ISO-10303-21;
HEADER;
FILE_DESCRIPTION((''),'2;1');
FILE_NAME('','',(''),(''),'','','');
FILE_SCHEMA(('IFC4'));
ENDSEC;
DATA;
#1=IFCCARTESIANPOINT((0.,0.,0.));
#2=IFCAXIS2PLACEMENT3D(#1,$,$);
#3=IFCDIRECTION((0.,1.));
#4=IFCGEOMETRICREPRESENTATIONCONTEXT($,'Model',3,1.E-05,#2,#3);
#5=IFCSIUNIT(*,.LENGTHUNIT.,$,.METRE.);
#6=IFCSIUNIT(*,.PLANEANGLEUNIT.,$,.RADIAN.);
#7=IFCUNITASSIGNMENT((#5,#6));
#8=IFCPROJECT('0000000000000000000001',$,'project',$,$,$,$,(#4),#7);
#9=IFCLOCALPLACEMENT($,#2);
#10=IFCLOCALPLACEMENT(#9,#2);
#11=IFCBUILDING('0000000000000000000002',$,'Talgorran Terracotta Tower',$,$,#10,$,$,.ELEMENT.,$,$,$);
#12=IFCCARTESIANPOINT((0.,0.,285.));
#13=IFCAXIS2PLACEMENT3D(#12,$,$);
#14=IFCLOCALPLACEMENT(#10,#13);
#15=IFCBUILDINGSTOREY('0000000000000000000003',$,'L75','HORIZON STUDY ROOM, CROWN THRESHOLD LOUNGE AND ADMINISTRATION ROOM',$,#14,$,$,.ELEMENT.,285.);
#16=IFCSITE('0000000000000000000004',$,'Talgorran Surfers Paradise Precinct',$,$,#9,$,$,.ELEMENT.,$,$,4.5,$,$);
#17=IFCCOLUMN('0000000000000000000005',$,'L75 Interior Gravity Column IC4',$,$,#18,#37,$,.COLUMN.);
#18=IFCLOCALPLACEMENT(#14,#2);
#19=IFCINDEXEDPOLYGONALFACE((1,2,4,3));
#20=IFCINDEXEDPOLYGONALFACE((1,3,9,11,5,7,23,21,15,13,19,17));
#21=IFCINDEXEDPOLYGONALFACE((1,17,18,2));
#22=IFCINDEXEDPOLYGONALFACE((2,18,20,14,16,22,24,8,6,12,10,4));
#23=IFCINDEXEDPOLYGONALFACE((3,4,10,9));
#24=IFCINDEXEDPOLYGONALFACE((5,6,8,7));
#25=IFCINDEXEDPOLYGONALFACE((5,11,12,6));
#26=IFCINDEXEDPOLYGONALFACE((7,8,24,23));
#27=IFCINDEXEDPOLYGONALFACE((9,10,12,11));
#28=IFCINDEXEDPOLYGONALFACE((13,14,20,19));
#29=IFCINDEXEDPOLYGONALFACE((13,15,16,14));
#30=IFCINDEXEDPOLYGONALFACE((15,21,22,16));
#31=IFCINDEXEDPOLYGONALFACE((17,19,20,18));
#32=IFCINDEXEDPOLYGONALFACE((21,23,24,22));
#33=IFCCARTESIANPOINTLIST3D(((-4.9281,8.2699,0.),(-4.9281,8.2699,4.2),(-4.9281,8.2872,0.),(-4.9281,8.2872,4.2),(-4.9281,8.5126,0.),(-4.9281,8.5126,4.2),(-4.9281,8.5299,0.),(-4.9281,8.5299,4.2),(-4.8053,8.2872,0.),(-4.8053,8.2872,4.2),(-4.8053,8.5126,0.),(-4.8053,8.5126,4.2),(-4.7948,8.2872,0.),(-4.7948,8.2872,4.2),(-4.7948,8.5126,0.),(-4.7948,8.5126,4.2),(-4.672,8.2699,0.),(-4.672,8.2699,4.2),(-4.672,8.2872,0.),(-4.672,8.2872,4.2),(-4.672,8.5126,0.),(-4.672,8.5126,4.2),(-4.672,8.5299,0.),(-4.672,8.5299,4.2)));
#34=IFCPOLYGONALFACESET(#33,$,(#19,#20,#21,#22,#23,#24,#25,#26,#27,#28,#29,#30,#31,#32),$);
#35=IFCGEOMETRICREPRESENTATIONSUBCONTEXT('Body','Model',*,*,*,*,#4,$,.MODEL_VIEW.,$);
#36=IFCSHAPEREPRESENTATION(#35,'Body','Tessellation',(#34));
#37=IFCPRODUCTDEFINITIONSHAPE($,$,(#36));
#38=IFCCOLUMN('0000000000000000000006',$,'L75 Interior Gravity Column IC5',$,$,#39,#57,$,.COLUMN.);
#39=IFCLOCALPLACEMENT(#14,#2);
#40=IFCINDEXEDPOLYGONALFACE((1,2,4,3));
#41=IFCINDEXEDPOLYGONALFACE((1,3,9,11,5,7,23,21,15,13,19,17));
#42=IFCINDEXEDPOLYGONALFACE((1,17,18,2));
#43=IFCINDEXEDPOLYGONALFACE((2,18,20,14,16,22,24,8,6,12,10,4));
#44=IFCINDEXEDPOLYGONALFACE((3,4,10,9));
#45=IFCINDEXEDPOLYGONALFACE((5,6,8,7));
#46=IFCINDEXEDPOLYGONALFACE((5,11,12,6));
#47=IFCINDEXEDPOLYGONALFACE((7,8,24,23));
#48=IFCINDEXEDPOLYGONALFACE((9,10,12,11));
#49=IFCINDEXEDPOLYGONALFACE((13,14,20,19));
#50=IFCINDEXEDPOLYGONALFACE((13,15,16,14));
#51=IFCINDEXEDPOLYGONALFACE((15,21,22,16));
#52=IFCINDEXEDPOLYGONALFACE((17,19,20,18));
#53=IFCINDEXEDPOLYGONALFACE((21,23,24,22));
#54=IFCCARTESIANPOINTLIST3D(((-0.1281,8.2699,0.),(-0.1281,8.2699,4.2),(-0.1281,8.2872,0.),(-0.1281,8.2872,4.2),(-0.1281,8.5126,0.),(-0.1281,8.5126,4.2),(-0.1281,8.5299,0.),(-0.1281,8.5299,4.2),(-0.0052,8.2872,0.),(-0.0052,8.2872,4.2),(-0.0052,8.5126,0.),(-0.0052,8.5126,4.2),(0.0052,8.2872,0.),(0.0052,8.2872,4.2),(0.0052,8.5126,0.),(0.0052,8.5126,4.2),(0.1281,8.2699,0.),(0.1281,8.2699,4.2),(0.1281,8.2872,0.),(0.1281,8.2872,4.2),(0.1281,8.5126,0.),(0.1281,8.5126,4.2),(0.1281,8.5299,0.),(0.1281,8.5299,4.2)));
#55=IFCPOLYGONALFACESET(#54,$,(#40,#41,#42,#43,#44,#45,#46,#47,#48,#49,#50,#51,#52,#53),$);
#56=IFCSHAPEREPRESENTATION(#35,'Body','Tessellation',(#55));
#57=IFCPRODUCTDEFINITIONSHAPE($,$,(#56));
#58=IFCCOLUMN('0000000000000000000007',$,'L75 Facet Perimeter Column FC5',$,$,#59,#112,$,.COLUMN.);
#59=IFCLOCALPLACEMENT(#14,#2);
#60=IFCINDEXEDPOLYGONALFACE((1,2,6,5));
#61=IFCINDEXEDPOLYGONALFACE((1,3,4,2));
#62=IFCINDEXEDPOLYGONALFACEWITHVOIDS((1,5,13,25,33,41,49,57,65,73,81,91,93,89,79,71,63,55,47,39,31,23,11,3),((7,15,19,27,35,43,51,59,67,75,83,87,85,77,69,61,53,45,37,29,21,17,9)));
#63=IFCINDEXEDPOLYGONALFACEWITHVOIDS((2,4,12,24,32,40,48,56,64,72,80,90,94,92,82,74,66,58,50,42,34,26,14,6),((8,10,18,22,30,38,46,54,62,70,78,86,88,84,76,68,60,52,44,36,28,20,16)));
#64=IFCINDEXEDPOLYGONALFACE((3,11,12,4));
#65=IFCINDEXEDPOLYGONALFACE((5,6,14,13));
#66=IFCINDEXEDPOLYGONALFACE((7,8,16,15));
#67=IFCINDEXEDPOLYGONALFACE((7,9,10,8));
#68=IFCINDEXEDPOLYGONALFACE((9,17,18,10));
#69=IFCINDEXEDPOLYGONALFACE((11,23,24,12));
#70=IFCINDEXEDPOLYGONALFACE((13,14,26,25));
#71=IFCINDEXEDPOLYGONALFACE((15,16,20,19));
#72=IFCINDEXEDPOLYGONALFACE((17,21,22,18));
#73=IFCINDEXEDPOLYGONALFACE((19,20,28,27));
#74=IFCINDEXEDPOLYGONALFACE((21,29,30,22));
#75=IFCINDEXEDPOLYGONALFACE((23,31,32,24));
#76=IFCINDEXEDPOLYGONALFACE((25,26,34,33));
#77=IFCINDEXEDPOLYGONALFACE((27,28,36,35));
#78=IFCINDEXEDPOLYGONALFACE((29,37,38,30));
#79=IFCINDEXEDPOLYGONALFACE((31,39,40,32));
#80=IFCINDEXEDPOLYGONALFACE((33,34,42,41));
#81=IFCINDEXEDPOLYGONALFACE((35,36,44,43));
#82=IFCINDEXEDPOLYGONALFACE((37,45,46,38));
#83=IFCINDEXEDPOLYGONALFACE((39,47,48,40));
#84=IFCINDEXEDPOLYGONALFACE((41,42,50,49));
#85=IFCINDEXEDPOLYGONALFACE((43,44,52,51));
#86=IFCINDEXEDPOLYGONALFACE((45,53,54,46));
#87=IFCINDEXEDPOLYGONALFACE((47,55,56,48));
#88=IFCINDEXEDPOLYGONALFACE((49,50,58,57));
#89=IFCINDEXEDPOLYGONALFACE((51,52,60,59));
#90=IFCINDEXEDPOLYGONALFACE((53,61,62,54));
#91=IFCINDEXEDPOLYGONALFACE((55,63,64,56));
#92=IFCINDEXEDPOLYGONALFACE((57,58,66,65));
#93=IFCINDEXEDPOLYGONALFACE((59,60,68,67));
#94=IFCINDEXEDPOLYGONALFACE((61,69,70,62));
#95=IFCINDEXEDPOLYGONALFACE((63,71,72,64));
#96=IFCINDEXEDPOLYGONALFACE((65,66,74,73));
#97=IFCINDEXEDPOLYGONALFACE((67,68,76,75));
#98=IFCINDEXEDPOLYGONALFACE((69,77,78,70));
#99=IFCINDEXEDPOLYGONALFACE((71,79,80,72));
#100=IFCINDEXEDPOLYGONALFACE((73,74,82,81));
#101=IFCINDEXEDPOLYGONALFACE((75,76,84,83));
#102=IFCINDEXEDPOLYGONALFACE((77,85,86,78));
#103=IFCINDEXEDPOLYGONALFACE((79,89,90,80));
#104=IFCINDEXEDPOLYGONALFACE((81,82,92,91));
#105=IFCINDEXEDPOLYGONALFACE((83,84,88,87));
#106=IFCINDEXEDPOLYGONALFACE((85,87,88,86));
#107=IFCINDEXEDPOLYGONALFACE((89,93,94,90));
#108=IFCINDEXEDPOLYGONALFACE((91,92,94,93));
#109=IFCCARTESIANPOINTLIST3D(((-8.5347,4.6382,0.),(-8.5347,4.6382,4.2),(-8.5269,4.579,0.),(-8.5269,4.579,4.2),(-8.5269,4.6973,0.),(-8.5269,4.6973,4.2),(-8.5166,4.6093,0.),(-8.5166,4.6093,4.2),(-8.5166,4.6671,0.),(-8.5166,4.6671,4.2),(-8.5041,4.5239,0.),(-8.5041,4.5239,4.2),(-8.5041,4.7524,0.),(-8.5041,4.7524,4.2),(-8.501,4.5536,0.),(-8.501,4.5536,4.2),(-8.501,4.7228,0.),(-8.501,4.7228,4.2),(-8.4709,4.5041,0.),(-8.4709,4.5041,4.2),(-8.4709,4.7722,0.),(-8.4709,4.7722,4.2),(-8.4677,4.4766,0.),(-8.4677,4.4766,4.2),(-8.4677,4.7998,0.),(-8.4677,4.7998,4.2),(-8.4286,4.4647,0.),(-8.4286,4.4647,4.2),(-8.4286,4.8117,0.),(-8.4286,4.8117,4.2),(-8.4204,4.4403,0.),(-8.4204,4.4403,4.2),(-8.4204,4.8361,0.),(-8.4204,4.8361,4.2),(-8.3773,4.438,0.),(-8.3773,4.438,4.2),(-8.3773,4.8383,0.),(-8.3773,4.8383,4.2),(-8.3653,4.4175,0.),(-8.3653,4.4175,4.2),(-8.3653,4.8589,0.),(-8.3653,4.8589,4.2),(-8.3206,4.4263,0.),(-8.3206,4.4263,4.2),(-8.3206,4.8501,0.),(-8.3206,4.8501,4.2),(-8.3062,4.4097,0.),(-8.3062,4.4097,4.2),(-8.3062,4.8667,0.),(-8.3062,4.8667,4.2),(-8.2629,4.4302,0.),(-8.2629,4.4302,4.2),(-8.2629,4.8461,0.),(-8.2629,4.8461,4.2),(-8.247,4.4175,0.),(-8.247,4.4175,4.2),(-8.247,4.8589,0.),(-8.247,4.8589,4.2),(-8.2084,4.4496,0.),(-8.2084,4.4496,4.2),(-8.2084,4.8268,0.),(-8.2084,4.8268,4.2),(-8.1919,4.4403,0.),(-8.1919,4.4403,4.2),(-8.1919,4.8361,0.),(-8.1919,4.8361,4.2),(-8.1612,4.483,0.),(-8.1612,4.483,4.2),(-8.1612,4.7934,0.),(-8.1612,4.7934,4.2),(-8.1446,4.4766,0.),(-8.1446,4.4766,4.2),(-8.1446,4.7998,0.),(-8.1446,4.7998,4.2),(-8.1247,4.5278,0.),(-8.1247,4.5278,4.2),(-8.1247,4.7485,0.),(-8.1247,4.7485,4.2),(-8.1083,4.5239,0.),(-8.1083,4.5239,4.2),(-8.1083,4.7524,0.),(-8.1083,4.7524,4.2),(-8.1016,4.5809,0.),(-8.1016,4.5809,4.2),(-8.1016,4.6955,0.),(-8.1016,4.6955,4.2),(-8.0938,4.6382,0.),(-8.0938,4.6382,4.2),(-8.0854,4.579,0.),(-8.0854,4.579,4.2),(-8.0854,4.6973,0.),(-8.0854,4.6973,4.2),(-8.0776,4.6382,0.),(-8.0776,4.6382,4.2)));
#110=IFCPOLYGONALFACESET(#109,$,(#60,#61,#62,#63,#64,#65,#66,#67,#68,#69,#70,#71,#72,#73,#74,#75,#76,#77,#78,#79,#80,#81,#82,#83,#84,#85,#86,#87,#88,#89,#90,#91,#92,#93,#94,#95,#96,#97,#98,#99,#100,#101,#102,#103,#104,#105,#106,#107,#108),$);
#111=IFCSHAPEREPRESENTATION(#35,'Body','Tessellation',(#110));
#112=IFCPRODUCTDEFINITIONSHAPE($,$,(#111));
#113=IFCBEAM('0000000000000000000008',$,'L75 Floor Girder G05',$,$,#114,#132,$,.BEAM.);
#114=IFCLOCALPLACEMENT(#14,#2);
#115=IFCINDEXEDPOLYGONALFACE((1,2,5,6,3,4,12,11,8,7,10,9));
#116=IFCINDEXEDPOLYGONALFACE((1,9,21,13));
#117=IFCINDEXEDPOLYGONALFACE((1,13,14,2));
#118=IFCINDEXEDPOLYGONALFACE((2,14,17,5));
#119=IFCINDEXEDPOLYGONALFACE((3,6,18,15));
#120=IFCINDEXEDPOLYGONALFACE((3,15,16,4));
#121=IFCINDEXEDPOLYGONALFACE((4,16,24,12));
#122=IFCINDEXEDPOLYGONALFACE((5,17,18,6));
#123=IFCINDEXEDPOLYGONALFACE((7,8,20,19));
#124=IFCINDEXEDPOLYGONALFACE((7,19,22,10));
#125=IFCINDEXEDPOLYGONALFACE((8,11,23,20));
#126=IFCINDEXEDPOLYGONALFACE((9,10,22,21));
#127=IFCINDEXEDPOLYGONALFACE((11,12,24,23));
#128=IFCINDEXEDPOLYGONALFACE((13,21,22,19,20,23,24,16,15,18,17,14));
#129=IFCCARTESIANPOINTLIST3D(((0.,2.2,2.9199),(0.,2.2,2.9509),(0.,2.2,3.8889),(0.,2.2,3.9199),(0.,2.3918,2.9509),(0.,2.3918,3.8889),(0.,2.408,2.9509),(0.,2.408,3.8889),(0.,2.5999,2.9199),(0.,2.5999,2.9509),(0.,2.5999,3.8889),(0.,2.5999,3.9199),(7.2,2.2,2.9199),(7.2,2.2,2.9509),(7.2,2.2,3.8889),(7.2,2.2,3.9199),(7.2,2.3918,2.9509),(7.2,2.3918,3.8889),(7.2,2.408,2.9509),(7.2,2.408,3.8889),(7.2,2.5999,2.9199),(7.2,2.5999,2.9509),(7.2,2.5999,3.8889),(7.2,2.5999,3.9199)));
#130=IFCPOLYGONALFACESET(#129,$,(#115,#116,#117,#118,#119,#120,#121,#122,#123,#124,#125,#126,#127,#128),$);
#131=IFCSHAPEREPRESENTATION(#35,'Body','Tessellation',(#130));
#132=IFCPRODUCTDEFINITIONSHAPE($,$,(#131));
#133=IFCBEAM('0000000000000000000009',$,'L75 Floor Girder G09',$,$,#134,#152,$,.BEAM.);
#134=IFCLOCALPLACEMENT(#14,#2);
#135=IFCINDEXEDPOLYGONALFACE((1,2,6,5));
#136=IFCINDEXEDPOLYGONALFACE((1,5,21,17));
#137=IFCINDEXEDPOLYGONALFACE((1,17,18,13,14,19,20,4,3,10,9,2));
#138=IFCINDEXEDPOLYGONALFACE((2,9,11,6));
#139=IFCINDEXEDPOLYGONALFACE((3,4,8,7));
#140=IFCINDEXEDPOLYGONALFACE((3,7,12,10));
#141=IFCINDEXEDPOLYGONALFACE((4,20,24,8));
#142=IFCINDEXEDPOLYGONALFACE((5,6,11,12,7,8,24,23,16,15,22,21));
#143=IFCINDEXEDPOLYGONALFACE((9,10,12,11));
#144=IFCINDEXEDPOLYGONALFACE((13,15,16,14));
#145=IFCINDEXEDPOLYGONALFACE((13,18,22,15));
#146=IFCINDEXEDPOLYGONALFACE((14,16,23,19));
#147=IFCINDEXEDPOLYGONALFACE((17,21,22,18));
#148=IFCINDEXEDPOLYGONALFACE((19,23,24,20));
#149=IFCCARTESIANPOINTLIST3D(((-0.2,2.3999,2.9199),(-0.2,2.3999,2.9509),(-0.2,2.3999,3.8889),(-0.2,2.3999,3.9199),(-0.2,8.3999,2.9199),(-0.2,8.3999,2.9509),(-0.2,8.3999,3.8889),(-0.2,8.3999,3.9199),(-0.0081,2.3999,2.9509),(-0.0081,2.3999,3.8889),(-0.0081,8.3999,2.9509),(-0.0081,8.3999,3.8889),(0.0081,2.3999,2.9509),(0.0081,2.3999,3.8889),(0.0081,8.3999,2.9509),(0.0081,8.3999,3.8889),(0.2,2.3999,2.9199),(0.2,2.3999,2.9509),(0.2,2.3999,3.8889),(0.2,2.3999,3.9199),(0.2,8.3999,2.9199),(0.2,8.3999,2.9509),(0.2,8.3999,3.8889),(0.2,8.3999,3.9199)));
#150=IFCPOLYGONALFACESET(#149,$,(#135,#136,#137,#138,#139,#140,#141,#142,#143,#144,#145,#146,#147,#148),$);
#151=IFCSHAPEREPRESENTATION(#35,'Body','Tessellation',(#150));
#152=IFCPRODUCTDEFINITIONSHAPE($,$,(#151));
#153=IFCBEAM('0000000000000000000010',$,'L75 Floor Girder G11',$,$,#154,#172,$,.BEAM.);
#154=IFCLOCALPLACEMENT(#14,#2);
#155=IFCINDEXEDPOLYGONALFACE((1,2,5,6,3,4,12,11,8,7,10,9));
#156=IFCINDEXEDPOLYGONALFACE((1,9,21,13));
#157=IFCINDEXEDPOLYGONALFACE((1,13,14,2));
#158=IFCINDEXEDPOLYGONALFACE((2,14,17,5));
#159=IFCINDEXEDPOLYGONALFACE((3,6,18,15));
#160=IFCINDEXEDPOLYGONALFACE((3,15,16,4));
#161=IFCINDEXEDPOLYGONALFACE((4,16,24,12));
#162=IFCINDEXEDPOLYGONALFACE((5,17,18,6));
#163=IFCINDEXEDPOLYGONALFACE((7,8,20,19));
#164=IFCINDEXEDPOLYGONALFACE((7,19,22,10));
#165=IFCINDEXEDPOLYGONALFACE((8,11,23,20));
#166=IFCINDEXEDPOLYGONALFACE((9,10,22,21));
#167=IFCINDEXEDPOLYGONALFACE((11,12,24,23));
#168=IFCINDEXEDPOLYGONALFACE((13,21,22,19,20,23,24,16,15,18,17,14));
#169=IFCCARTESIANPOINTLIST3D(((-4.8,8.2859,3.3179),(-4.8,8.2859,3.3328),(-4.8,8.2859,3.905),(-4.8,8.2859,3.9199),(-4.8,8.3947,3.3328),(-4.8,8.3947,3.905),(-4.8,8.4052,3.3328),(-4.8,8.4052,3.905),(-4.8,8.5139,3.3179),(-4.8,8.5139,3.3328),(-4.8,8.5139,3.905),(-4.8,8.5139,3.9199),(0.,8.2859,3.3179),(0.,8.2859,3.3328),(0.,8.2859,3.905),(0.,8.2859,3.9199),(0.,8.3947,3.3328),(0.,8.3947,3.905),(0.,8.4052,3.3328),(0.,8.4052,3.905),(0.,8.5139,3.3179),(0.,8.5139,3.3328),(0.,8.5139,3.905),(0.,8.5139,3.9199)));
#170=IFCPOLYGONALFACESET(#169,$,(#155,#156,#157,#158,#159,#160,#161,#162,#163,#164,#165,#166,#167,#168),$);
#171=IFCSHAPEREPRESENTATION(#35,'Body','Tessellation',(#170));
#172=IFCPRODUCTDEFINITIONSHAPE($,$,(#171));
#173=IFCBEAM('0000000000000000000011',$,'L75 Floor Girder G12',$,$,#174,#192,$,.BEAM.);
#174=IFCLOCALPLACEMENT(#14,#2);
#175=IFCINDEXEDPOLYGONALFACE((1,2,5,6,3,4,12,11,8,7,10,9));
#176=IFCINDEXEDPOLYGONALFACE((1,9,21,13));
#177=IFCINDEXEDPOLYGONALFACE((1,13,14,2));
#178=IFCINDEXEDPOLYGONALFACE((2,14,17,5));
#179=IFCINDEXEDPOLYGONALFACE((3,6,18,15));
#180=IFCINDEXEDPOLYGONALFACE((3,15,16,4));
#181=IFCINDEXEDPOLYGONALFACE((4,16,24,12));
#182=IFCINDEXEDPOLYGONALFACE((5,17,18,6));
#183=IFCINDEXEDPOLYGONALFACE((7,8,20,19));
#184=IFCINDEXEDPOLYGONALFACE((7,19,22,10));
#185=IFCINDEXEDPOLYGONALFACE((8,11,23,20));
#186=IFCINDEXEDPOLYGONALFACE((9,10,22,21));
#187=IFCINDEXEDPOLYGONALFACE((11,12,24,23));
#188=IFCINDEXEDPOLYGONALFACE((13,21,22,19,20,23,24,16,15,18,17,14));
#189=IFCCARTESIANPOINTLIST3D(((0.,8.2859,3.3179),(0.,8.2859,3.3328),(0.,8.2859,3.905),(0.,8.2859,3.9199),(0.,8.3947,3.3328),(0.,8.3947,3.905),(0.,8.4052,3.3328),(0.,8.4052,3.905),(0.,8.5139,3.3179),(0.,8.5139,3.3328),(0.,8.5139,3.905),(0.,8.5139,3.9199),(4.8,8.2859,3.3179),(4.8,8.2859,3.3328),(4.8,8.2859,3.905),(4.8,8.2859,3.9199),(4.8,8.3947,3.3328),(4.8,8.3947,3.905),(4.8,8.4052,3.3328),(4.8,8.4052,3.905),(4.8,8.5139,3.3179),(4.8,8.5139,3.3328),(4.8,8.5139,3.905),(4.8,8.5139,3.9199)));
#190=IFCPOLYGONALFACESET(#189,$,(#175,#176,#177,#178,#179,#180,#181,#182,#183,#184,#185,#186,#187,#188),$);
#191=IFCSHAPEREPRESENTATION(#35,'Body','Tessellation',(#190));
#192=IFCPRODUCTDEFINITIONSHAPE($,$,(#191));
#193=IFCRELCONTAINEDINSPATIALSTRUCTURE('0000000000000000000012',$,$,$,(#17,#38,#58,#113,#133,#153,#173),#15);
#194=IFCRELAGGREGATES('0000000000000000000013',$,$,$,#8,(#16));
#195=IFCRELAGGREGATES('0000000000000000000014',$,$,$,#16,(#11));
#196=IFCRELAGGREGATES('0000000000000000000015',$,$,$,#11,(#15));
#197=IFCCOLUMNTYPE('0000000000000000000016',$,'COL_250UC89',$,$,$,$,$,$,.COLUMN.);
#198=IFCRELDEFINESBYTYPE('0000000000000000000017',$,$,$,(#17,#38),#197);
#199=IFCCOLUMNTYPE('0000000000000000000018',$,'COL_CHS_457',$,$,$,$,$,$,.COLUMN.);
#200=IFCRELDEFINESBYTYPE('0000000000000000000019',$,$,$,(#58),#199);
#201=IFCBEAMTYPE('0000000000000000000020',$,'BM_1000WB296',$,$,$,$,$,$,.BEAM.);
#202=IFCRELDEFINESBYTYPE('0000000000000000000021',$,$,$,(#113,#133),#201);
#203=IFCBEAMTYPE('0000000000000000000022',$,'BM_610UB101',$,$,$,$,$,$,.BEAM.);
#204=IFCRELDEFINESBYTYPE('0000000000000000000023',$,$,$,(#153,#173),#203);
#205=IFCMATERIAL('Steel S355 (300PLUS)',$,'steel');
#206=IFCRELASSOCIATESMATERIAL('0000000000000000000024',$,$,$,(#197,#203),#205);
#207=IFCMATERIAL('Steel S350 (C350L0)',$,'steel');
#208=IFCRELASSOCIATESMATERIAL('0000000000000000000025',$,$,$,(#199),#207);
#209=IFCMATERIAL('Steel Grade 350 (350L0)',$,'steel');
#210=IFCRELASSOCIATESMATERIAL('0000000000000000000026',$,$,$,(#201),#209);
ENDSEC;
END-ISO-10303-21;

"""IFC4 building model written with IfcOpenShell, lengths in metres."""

from ifc_helpers import new_model, si_unit, direction, frame, origin, origin_2d, place, context, subcontext, project, spatial, hollow_circle, i_section, extrude, material, material_profile, profile_set, type_object, element, save


model = new_model("IFC4")

# Units and contexts
model_context = context("Model", 3, precision=1e-05, world=origin(), true_north=direction((0.0, 1.0)))
body_context = subcontext(model_context, "Body", "Model", "MODEL_VIEW")
ifc_project = project(units=[si_unit("LENGTHUNIT", "METRE"), si_unit("PLANEANGLEUNIT", "RADIAN")], contexts=[model_context])

# Site, building, storey
site_placement = place(None, origin())
site = spatial("IfcSite", under=ifc_project, at=site_placement, Name="Talgorran Surfers Paradise Precinct", CompositionType="ELEMENT", RefElevation=4.5)
building_placement = place(site_placement, origin())
building = spatial("IfcBuilding", under=site, at=building_placement, Name="Talgorran Terracotta Tower", CompositionType="ELEMENT")
storey_placement = place(building_placement, frame((0.0, 0.0, 285.0)))
storey = spatial("IfcBuildingStorey", under=building, at=storey_placement, Name="L75", Description="HORIZON STUDY ROOM, CROWN THRESHOLD LOUNGE AND ADMINISTRATION ROOM", CompositionType="ELEMENT", Elevation=285.0)

# Columns
ifc_material_1 = material(Name="Steel S355 (300PLUS)", Category="steel")
ifc_material_profile_1 = material_profile(ifc_material_1, i_section(OverallWidth=0.2561, OverallDepth=0.26, WebThickness=0.0105, FlangeThickness=0.0173, at=origin_2d()), Name="250UC89.5")
ifc_profile_set_1 = profile_set([ifc_material_profile_1], Name="Steel S355 (300PLUS)")
column_type_1 = type_object("IfcColumnType", Name="COL_250UC89", PredefinedType="COLUMN", material=ifc_profile_set_1)
for number, where, z_axis, x_axis, name in (
    (1, (-4.8, 8.3999, 0.0), (0.0, 0.0, 1.0), (1.0, 0.0, 0.0), "L75 Interior Gravity Column IC4"),
    (2, (0.0, 8.3999, 0.0), (0.0, 0.0, 1.0), (1.0, 0.0, 0.0), "L75 Interior Gravity Column IC5"),
):
    element("IfcColumn", number, at=place(storey_placement, frame(where, z_axis=z_axis, x_axis=x_axis)), inside=storey, type_object=column_type_1, Name=name, PredefinedType="COLUMN", context=body_context, shape_type="SweptSolid", body=[
        extrude(i_section(OverallWidth=0.2561, OverallDepth=0.26, WebThickness=0.0105, FlangeThickness=0.0173, at=origin_2d()), origin(), (0.0, 0.0, 1.0), 4.2),
    ])
ifc_material_2 = material(Name="Steel S350 (C350L0)", Category="steel")
ifc_material_profile_2 = material_profile(ifc_material_2, hollow_circle(Radius=0.2285, WallThickness=0.0161, at=origin_2d()), Name="CHS457X16")
ifc_profile_set_2 = profile_set([ifc_material_profile_2], Name="Steel S350 (C350L0)")
column_type_2 = type_object("IfcColumnType", Name="COL_CHS_457", PredefinedType="COLUMN", material=ifc_profile_set_2)
column_placement = place(storey_placement, frame((-8.3062, 4.6382, 0.0), z_axis=(0.0, 0.0, 1.0), x_axis=(1.0, 0.0, 0.0)))
element("IfcColumn", 3, at=column_placement, inside=storey, type_object=column_type_2, Name="L75 Facet Perimeter Column FC5", PredefinedType="COLUMN", context=body_context, shape_type="SweptSolid", body=[
    extrude(hollow_circle(Radius=0.2285, WallThickness=0.0161, at=origin_2d()), origin(), (0.0, 0.0, 1.0), 4.2),
])

# Beams
ifc_material_3 = material(Name="Steel Grade 350 (350L0)", Category="steel")
ifc_material_profile_3 = material_profile(ifc_material_3, i_section(OverallWidth=0.3999, OverallDepth=1.0, WebThickness=0.0161, FlangeThickness=0.031, at=origin_2d()), Name="1000WB296")
ifc_profile_set_3 = profile_set([ifc_material_profile_3], Name="Steel Grade 350 (350L0)")
beam_type_1 = type_object("IfcBeamType", Name="BM_1000WB296", PredefinedType="BEAM", material=ifc_profile_set_3)
beam_1_placement = place(storey_placement, frame((0.0, 2.3999, 3.4199), z_axis=(1.0, 0.0, 0.0), x_axis=(0.0, 1.0, 0.0)))
element("IfcBeam", 4, at=beam_1_placement, inside=storey, type_object=beam_type_1, Name="L75 Floor Girder G05", PredefinedType="BEAM", context=body_context, shape_type="SweptSolid", body=[
    extrude(i_section(OverallWidth=0.3999, OverallDepth=1.0, WebThickness=0.0161, FlangeThickness=0.031, at=origin_2d()), origin(), (0.0, 0.0, 1.0), 7.2),
])
beam_2_placement = place(storey_placement, frame((0.0, 2.3999, 3.4199), z_axis=(0.0, 1.0, 0.0), x_axis=(-1.0, 0.0, 0.0)))
element("IfcBeam", 5, at=beam_2_placement, inside=storey, type_object=beam_type_1, Name="L75 Floor Girder G09", PredefinedType="BEAM", context=body_context, shape_type="SweptSolid", body=[
    extrude(i_section(OverallWidth=0.3999, OverallDepth=1.0, WebThickness=0.0161, FlangeThickness=0.031, at=origin_2d()), origin(), (0.0, 0.0, 1.0), 6.0),
])
ifc_material_profile_4 = material_profile(ifc_material_1, i_section(OverallWidth=0.228, OverallDepth=0.6021, WebThickness=0.0105, FlangeThickness=0.0149, at=origin_2d()), Name="610UB101")
ifc_profile_set_4 = profile_set([ifc_material_profile_4], Name="Steel S355 (300PLUS)")
beam_type_2 = type_object("IfcBeamType", Name="BM_610UB101", PredefinedType="BEAM", material=ifc_profile_set_4)
for number, where, z_axis, x_axis, name in (
    (6, (-4.8, 8.3999, 3.6189), (1.0, 0.0, 0.0), (0.0, 1.0, 0.0), "L75 Floor Girder G11"),
    (7, (0.0, 8.3999, 3.6189), (1.0, 0.0, 0.0), (0.0, 1.0, 0.0), "L75 Floor Girder G12"),
):
    element("IfcBeam", number, at=place(storey_placement, frame(where, z_axis=z_axis, x_axis=x_axis)), inside=storey, type_object=beam_type_2, Name=name, PredefinedType="BEAM", context=body_context, shape_type="SweptSolid", body=[
        extrude(i_section(OverallWidth=0.228, OverallDepth=0.6021, WebThickness=0.0105, FlangeThickness=0.0149, at=origin_2d()), origin(), (0.0, 0.0, 1.0), 4.8),
    ])

save(model, "model.ifc")
